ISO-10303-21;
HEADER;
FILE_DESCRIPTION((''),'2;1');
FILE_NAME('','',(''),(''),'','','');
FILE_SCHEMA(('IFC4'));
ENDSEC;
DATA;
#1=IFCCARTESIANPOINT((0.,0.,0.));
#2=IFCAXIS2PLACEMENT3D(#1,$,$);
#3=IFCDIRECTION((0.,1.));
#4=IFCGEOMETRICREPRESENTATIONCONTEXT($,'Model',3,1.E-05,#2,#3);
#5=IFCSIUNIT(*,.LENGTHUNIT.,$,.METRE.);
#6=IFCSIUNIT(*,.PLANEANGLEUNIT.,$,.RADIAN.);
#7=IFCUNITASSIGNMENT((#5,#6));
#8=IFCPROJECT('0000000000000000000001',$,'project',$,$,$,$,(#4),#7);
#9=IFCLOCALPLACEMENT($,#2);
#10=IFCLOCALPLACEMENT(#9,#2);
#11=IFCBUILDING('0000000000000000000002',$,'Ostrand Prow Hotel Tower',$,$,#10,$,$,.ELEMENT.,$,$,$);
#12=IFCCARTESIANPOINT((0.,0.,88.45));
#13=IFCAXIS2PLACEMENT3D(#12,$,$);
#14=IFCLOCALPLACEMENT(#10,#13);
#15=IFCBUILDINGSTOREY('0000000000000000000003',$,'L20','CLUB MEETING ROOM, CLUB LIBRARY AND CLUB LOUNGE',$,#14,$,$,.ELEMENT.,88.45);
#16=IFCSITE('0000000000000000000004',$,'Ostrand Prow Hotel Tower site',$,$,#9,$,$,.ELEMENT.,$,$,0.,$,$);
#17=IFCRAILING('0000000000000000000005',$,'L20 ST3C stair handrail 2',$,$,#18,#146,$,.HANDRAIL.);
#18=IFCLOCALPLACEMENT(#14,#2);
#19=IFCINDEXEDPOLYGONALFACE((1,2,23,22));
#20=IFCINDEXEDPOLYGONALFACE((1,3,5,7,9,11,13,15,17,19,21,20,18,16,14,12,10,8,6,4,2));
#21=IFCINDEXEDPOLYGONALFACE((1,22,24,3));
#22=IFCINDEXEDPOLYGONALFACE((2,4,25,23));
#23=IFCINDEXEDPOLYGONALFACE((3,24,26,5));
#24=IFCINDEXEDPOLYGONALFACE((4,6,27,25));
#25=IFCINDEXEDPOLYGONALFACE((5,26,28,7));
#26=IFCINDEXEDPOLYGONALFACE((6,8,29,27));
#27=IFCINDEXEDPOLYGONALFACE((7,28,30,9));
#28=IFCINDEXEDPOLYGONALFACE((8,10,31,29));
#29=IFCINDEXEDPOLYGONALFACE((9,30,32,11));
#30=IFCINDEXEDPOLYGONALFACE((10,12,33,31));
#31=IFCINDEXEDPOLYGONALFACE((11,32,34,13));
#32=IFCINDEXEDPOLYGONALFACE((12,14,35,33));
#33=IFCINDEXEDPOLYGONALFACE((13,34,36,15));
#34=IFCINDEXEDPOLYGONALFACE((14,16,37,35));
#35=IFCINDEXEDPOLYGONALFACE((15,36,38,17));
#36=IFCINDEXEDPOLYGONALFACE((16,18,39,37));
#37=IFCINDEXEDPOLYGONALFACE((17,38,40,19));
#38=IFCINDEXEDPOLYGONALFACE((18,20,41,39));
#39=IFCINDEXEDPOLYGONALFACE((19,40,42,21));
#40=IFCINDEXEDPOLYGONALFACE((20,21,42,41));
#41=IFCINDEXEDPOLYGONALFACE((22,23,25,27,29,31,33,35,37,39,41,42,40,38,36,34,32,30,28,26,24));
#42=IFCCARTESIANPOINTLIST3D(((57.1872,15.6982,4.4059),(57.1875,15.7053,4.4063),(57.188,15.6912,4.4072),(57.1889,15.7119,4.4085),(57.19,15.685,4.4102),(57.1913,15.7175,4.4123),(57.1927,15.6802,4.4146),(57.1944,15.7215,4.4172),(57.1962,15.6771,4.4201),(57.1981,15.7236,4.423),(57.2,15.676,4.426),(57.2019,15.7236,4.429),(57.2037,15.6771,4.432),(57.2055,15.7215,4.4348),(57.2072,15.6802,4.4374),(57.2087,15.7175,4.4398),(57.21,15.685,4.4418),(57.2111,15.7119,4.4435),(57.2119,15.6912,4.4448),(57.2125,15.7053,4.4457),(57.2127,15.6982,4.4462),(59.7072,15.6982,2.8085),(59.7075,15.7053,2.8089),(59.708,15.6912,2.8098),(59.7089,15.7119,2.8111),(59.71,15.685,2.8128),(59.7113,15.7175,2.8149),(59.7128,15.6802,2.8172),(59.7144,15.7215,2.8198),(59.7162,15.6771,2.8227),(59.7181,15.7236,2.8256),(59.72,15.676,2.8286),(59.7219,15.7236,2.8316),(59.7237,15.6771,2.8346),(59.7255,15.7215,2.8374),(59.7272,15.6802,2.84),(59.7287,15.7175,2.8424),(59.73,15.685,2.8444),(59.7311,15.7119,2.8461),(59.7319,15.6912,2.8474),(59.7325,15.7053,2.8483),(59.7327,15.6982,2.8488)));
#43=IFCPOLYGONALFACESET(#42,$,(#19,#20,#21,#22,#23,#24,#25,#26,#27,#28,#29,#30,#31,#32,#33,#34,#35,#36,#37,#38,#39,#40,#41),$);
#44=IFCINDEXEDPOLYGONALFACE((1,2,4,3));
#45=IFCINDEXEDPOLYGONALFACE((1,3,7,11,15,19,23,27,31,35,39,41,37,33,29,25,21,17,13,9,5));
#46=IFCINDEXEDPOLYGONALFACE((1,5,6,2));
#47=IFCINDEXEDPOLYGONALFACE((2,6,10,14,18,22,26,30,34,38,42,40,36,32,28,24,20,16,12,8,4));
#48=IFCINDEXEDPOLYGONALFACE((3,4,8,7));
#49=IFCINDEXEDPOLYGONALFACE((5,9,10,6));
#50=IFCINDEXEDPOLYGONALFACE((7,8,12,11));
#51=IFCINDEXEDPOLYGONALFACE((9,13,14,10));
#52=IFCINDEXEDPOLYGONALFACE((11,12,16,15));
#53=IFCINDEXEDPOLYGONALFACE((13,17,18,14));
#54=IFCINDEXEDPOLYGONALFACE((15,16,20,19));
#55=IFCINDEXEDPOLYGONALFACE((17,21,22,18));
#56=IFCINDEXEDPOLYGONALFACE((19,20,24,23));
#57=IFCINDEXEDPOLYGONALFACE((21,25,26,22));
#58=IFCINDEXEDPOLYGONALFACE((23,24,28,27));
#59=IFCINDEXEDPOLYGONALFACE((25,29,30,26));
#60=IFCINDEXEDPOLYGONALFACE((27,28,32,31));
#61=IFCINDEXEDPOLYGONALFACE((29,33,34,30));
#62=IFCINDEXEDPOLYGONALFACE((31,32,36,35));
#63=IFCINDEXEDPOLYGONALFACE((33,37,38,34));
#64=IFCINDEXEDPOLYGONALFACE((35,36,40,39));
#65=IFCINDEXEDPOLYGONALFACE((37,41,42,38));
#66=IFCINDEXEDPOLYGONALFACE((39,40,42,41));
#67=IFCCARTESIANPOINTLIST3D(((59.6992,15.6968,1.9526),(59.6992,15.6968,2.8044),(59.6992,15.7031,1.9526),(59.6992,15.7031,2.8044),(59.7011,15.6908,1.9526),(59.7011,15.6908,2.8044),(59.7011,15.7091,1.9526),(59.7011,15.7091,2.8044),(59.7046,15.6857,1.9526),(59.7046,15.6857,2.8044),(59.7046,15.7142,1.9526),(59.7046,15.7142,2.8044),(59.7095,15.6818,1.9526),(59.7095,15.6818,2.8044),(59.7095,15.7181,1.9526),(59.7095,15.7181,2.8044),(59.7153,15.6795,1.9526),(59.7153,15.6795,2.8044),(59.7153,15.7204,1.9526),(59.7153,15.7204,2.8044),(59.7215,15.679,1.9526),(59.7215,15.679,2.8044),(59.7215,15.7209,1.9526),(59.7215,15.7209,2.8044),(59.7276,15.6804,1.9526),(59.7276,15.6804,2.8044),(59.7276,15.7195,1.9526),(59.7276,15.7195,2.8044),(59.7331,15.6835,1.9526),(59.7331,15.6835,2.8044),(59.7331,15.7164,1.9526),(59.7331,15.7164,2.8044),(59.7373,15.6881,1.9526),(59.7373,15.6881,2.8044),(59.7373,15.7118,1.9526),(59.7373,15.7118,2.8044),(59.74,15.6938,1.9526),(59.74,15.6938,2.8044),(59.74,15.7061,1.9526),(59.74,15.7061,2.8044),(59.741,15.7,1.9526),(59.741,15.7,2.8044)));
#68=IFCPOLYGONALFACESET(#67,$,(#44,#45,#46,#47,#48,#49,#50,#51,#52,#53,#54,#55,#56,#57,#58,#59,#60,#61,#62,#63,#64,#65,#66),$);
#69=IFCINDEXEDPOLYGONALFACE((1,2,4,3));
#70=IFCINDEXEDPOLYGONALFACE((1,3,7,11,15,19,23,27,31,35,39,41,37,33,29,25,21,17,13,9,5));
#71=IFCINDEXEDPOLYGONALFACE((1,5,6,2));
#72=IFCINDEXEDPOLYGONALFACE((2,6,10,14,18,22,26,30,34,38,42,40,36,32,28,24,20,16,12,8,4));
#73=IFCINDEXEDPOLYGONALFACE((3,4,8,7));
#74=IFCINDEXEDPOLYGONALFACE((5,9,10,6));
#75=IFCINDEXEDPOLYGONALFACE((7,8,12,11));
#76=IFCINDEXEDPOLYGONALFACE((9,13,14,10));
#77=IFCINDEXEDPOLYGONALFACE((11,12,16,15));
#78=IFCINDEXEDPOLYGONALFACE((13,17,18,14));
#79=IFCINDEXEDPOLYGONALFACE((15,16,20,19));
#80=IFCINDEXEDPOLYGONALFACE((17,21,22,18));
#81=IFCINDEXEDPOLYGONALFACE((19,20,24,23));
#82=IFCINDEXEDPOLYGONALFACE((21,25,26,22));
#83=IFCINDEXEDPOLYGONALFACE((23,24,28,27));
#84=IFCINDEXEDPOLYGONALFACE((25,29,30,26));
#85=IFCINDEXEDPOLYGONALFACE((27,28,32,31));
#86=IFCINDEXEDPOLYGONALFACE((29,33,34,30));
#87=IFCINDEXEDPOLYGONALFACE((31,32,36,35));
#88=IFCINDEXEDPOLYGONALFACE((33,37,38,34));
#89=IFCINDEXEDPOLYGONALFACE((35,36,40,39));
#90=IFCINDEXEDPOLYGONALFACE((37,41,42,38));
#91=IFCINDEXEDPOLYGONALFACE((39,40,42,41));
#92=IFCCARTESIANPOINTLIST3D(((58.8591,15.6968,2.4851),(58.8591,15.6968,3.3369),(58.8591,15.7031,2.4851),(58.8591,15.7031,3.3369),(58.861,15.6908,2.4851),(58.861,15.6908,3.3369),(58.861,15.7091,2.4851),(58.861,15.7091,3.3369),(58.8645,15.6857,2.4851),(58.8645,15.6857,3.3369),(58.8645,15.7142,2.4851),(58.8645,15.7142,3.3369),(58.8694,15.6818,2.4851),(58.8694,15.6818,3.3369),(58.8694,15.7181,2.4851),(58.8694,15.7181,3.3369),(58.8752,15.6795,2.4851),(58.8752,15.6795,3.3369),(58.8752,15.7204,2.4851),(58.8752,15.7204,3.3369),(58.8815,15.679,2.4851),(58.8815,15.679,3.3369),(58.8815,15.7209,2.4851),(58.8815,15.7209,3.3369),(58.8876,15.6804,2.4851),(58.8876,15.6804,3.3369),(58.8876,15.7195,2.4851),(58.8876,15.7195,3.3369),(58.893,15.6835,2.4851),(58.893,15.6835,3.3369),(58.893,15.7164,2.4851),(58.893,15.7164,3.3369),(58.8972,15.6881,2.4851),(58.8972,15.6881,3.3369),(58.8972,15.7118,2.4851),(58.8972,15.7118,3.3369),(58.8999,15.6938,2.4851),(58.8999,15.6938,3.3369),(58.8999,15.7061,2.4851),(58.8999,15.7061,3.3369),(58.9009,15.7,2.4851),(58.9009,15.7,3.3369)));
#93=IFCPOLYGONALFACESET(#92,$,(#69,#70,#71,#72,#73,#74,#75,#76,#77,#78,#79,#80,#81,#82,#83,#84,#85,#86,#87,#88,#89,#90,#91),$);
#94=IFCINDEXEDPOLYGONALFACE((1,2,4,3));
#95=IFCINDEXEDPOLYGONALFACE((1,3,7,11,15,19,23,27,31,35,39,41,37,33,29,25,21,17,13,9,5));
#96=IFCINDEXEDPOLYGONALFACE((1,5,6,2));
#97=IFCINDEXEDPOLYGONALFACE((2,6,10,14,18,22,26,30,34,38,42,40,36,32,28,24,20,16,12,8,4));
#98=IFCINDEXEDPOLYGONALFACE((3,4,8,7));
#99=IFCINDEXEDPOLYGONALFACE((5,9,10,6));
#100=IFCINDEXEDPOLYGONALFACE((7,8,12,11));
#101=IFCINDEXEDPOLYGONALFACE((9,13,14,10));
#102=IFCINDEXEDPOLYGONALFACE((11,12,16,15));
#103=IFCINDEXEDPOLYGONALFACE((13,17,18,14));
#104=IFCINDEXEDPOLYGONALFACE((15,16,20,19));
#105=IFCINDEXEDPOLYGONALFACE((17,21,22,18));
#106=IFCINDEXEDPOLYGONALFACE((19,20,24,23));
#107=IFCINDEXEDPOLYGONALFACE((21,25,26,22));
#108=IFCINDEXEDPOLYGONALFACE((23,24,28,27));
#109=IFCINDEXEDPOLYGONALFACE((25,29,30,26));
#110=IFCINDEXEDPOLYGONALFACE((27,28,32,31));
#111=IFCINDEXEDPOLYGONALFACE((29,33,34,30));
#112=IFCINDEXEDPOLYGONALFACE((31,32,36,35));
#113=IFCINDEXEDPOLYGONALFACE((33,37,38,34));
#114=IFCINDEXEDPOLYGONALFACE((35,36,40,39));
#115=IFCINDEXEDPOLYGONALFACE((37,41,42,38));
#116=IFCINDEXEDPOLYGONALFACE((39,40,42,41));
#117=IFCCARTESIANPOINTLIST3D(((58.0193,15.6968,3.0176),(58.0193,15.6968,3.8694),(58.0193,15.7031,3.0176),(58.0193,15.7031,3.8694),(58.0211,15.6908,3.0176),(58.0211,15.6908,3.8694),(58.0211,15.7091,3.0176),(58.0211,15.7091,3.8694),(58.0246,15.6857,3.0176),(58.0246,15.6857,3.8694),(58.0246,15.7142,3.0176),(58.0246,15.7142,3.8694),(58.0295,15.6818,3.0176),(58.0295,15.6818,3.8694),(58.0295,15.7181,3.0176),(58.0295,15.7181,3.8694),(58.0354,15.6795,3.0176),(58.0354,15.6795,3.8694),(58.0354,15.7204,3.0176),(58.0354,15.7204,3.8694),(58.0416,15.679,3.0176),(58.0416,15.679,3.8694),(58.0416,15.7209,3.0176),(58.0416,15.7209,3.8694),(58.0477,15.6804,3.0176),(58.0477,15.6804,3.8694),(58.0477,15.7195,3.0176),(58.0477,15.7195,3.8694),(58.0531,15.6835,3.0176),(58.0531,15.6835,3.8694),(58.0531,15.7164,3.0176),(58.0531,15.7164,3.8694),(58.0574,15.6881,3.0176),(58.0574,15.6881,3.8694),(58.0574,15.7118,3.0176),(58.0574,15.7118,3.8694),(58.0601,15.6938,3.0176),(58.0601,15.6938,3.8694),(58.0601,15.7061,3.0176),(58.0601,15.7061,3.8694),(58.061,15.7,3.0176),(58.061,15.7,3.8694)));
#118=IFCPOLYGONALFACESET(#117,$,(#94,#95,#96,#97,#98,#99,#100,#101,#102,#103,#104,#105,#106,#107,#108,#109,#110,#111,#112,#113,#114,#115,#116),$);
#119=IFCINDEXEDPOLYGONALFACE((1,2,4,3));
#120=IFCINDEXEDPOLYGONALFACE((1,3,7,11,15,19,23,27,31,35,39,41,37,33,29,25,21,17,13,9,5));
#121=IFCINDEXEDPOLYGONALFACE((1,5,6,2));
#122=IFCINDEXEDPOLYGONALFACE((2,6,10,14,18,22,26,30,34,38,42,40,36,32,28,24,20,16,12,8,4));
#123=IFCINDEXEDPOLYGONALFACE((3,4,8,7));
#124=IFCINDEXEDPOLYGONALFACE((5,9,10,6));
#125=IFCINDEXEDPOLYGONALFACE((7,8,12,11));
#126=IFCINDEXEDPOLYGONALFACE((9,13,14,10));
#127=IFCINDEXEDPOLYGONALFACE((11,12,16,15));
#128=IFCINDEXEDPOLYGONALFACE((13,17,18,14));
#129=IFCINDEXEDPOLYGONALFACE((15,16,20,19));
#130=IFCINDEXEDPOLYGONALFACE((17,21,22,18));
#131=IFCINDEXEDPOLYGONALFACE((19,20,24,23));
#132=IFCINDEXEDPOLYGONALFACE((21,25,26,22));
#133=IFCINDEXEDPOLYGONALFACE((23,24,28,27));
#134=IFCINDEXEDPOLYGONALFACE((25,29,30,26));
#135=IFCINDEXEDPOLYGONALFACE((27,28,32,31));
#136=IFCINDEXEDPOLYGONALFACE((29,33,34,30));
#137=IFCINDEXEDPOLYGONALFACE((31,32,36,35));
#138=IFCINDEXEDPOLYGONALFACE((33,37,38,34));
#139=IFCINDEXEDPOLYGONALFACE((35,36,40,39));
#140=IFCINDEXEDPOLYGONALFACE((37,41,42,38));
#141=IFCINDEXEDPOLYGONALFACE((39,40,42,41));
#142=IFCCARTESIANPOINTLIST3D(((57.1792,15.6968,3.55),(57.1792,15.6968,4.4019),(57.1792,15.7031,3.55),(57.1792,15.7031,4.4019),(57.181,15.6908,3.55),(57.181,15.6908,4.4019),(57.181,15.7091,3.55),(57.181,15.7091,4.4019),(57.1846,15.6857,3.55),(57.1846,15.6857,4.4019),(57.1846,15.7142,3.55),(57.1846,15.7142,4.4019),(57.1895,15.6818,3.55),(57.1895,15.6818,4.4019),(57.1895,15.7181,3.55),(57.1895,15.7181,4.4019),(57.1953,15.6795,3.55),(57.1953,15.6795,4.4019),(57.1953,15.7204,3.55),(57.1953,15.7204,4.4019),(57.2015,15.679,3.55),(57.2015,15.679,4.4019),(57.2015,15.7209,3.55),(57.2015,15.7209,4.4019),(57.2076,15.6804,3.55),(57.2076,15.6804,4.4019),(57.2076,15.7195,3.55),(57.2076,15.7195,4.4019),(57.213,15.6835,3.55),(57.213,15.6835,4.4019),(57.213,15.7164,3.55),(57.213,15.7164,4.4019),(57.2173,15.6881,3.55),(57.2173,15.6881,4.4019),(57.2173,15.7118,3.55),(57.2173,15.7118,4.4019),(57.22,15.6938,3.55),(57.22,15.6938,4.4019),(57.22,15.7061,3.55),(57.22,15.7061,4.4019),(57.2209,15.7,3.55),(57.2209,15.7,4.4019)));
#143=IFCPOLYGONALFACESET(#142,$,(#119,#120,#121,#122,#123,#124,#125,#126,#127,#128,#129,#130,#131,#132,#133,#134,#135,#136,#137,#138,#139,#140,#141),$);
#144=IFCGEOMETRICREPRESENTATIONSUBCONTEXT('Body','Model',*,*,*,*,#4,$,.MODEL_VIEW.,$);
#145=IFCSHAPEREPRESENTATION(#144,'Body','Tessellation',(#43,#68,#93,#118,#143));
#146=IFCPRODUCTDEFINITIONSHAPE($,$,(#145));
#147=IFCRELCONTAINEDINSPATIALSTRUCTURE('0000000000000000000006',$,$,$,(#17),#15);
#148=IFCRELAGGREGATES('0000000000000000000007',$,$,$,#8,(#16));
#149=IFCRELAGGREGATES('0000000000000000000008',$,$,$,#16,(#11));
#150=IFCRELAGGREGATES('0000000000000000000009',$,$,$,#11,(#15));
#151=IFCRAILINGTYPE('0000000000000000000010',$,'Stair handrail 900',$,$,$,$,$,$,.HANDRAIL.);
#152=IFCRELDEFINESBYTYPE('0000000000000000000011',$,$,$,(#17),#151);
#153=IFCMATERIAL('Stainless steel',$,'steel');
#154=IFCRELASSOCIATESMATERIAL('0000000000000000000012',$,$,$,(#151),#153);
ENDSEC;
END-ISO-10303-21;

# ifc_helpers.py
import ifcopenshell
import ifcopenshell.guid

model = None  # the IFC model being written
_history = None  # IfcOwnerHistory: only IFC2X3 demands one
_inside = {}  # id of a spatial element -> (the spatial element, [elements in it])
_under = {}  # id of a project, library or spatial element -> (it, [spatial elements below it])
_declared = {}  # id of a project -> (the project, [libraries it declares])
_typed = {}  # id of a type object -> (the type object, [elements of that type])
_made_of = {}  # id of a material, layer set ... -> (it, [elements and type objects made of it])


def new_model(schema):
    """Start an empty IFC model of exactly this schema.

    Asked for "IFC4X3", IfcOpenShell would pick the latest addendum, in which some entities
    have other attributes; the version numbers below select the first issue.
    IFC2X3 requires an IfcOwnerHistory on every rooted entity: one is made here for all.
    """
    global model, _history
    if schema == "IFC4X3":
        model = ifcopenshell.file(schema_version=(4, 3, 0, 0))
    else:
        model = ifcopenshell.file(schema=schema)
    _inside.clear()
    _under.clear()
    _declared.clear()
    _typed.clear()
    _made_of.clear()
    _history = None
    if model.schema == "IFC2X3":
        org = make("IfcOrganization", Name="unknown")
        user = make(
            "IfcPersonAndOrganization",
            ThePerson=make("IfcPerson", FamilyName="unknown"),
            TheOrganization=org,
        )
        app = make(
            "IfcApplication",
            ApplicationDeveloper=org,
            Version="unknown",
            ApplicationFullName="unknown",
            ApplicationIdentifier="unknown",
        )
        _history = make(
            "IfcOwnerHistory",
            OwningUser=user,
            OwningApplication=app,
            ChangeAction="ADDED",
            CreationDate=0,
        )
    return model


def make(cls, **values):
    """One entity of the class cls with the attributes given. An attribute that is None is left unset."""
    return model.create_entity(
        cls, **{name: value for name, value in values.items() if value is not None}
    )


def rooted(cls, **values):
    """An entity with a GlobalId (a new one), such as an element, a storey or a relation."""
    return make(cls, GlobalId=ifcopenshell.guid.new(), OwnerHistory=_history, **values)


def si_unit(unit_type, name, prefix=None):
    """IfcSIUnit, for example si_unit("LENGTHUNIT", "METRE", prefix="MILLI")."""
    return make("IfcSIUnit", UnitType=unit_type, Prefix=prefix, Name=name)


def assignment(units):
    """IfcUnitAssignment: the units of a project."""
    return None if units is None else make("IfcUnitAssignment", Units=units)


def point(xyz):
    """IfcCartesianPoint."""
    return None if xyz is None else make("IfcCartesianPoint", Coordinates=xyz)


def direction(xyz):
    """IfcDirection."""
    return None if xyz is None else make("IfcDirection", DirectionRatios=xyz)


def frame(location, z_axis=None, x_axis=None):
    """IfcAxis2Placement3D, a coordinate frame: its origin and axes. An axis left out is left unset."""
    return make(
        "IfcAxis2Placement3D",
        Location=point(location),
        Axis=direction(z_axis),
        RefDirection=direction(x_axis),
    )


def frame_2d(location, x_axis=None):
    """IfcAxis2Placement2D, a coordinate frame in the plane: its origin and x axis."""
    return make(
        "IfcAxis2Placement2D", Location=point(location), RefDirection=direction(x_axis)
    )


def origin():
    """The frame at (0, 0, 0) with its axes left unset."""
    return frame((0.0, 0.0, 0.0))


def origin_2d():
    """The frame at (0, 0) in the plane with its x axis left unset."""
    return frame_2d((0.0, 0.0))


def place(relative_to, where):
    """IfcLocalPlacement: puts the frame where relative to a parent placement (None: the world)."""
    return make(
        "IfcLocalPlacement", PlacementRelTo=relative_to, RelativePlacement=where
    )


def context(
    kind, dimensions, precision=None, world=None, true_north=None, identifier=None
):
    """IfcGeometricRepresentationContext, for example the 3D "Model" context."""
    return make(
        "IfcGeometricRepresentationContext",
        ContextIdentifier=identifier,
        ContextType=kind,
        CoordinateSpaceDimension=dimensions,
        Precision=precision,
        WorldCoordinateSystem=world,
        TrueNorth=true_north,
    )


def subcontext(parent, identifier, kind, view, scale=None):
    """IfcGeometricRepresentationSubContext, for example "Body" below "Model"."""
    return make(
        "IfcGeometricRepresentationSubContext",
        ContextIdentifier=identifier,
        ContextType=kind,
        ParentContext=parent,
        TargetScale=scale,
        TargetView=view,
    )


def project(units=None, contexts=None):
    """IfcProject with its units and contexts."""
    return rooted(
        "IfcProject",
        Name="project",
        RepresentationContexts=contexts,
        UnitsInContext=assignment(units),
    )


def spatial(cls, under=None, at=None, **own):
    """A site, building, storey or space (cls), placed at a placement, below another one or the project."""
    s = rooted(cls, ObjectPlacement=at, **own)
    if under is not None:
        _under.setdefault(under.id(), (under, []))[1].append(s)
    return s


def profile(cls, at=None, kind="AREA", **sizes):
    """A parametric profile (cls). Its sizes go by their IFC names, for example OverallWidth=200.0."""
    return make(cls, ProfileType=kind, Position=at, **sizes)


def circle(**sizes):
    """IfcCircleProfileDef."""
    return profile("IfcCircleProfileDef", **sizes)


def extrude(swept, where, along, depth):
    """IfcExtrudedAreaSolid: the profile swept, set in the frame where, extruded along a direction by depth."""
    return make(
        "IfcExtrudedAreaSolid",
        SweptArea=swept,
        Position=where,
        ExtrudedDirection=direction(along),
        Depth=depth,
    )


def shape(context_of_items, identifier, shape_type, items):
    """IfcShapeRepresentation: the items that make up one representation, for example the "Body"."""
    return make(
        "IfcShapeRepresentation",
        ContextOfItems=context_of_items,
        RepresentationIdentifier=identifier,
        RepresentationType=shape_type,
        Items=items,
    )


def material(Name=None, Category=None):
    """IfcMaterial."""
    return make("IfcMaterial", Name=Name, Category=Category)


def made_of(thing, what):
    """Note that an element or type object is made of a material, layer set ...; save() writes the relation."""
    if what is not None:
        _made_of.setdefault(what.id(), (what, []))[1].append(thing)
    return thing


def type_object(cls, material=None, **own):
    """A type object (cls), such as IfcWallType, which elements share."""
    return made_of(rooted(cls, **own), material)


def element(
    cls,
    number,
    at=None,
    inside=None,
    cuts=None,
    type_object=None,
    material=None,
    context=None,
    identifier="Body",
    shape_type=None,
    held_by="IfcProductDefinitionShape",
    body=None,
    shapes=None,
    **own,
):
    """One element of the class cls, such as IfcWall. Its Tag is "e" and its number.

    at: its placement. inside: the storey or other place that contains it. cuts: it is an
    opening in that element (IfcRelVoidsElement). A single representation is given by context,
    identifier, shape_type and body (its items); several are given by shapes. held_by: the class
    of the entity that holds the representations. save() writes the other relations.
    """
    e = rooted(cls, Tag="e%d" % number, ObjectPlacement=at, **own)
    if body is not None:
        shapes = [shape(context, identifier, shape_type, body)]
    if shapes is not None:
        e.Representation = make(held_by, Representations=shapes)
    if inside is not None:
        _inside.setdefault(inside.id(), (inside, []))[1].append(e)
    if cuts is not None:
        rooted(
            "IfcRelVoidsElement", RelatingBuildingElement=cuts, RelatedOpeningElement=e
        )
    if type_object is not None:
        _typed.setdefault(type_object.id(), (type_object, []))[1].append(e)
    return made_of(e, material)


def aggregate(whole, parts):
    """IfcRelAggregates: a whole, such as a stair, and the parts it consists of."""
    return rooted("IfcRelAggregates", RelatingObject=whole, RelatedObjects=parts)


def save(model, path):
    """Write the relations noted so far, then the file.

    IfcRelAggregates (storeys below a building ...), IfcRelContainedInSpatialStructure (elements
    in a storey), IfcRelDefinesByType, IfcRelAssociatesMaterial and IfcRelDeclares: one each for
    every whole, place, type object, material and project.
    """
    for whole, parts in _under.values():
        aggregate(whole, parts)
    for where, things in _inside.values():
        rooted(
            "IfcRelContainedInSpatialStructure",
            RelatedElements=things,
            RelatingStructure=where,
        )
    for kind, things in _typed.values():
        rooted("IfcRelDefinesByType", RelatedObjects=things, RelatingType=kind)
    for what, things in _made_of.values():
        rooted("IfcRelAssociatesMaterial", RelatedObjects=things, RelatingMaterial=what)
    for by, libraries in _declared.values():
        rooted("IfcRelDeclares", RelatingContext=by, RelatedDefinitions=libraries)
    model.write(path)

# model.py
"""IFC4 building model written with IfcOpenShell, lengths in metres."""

from ifc_helpers import new_model, si_unit, direction, frame, origin, origin_2d, place, context, subcontext, project, spatial, circle, extrude, material, type_object, element, save


model = new_model("IFC4")

# Units and contexts
model_context = context("Model", 3, precision=1e-05, world=origin(), true_north=direction((0.0, 1.0)))
body_context = subcontext(model_context, "Body", "Model", "MODEL_VIEW")
ifc_project = project(units=[si_unit("LENGTHUNIT", "METRE"), si_unit("PLANEANGLEUNIT", "RADIAN")], contexts=[model_context])

# Site, building, storey
site_placement = place(None, origin())
site = spatial("IfcSite", under=ifc_project, at=site_placement, Name="Ostrand Prow Hotel Tower site", CompositionType="ELEMENT", RefElevation=0.0)
building_placement = place(site_placement, origin())
building = spatial("IfcBuilding", under=site, at=building_placement, Name="Ostrand Prow Hotel Tower", CompositionType="ELEMENT")
storey_placement = place(building_placement, frame((0.0, 0.0, 88.45)))
storey = spatial("IfcBuildingStorey", under=building, at=storey_placement, Name="L20", Description="CLUB MEETING ROOM, CLUB LIBRARY AND CLUB LOUNGE", CompositionType="ELEMENT", Elevation=88.45)

# Railing
ifc_material_1 = material(Name="Stainless steel", Category="steel")
railing_type = type_object("IfcRailingType", Name="Stair handrail 900", PredefinedType="HANDRAIL", material=ifc_material_1)
railing_placement = place(storey_placement, frame((59.72, 15.7, 1.9526)))
element("IfcRailing", 1, at=railing_placement, inside=storey, type_object=railing_type, Name="L20 ST3C stair handrail 2", PredefinedType="HANDRAIL", context=body_context, shape_type="SweptSolid", body=[
    extrude(circle(Radius=0.0239, at=origin_2d()), frame((0.0, 0.0, 0.876), z_axis=(-0.844607, 0.0, 0.535387), x_axis=(0.0, -1.0, 0.0)), (0.0, 0.0, 1.0), 2.9836),
    extrude(circle(Radius=0.021, at=origin_2d()), origin(), (0.0, 0.0, 1.0), 0.8518),
    extrude(circle(Radius=0.021, at=origin_2d()), frame((-0.8401, 0.0, 0.5325)), (0.0, 0.0, 1.0), 0.8518),
    extrude(circle(Radius=0.021, at=origin_2d()), frame((-1.6799, 0.0, 1.0649)), (0.0, 0.0, 1.0), 0.8518),
    extrude(circle(Radius=0.021, at=origin_2d()), frame((-2.52, 0.0, 1.5974)), (0.0, 0.0, 1.0), 0.8518),
])

save(model, "model.ifc")
